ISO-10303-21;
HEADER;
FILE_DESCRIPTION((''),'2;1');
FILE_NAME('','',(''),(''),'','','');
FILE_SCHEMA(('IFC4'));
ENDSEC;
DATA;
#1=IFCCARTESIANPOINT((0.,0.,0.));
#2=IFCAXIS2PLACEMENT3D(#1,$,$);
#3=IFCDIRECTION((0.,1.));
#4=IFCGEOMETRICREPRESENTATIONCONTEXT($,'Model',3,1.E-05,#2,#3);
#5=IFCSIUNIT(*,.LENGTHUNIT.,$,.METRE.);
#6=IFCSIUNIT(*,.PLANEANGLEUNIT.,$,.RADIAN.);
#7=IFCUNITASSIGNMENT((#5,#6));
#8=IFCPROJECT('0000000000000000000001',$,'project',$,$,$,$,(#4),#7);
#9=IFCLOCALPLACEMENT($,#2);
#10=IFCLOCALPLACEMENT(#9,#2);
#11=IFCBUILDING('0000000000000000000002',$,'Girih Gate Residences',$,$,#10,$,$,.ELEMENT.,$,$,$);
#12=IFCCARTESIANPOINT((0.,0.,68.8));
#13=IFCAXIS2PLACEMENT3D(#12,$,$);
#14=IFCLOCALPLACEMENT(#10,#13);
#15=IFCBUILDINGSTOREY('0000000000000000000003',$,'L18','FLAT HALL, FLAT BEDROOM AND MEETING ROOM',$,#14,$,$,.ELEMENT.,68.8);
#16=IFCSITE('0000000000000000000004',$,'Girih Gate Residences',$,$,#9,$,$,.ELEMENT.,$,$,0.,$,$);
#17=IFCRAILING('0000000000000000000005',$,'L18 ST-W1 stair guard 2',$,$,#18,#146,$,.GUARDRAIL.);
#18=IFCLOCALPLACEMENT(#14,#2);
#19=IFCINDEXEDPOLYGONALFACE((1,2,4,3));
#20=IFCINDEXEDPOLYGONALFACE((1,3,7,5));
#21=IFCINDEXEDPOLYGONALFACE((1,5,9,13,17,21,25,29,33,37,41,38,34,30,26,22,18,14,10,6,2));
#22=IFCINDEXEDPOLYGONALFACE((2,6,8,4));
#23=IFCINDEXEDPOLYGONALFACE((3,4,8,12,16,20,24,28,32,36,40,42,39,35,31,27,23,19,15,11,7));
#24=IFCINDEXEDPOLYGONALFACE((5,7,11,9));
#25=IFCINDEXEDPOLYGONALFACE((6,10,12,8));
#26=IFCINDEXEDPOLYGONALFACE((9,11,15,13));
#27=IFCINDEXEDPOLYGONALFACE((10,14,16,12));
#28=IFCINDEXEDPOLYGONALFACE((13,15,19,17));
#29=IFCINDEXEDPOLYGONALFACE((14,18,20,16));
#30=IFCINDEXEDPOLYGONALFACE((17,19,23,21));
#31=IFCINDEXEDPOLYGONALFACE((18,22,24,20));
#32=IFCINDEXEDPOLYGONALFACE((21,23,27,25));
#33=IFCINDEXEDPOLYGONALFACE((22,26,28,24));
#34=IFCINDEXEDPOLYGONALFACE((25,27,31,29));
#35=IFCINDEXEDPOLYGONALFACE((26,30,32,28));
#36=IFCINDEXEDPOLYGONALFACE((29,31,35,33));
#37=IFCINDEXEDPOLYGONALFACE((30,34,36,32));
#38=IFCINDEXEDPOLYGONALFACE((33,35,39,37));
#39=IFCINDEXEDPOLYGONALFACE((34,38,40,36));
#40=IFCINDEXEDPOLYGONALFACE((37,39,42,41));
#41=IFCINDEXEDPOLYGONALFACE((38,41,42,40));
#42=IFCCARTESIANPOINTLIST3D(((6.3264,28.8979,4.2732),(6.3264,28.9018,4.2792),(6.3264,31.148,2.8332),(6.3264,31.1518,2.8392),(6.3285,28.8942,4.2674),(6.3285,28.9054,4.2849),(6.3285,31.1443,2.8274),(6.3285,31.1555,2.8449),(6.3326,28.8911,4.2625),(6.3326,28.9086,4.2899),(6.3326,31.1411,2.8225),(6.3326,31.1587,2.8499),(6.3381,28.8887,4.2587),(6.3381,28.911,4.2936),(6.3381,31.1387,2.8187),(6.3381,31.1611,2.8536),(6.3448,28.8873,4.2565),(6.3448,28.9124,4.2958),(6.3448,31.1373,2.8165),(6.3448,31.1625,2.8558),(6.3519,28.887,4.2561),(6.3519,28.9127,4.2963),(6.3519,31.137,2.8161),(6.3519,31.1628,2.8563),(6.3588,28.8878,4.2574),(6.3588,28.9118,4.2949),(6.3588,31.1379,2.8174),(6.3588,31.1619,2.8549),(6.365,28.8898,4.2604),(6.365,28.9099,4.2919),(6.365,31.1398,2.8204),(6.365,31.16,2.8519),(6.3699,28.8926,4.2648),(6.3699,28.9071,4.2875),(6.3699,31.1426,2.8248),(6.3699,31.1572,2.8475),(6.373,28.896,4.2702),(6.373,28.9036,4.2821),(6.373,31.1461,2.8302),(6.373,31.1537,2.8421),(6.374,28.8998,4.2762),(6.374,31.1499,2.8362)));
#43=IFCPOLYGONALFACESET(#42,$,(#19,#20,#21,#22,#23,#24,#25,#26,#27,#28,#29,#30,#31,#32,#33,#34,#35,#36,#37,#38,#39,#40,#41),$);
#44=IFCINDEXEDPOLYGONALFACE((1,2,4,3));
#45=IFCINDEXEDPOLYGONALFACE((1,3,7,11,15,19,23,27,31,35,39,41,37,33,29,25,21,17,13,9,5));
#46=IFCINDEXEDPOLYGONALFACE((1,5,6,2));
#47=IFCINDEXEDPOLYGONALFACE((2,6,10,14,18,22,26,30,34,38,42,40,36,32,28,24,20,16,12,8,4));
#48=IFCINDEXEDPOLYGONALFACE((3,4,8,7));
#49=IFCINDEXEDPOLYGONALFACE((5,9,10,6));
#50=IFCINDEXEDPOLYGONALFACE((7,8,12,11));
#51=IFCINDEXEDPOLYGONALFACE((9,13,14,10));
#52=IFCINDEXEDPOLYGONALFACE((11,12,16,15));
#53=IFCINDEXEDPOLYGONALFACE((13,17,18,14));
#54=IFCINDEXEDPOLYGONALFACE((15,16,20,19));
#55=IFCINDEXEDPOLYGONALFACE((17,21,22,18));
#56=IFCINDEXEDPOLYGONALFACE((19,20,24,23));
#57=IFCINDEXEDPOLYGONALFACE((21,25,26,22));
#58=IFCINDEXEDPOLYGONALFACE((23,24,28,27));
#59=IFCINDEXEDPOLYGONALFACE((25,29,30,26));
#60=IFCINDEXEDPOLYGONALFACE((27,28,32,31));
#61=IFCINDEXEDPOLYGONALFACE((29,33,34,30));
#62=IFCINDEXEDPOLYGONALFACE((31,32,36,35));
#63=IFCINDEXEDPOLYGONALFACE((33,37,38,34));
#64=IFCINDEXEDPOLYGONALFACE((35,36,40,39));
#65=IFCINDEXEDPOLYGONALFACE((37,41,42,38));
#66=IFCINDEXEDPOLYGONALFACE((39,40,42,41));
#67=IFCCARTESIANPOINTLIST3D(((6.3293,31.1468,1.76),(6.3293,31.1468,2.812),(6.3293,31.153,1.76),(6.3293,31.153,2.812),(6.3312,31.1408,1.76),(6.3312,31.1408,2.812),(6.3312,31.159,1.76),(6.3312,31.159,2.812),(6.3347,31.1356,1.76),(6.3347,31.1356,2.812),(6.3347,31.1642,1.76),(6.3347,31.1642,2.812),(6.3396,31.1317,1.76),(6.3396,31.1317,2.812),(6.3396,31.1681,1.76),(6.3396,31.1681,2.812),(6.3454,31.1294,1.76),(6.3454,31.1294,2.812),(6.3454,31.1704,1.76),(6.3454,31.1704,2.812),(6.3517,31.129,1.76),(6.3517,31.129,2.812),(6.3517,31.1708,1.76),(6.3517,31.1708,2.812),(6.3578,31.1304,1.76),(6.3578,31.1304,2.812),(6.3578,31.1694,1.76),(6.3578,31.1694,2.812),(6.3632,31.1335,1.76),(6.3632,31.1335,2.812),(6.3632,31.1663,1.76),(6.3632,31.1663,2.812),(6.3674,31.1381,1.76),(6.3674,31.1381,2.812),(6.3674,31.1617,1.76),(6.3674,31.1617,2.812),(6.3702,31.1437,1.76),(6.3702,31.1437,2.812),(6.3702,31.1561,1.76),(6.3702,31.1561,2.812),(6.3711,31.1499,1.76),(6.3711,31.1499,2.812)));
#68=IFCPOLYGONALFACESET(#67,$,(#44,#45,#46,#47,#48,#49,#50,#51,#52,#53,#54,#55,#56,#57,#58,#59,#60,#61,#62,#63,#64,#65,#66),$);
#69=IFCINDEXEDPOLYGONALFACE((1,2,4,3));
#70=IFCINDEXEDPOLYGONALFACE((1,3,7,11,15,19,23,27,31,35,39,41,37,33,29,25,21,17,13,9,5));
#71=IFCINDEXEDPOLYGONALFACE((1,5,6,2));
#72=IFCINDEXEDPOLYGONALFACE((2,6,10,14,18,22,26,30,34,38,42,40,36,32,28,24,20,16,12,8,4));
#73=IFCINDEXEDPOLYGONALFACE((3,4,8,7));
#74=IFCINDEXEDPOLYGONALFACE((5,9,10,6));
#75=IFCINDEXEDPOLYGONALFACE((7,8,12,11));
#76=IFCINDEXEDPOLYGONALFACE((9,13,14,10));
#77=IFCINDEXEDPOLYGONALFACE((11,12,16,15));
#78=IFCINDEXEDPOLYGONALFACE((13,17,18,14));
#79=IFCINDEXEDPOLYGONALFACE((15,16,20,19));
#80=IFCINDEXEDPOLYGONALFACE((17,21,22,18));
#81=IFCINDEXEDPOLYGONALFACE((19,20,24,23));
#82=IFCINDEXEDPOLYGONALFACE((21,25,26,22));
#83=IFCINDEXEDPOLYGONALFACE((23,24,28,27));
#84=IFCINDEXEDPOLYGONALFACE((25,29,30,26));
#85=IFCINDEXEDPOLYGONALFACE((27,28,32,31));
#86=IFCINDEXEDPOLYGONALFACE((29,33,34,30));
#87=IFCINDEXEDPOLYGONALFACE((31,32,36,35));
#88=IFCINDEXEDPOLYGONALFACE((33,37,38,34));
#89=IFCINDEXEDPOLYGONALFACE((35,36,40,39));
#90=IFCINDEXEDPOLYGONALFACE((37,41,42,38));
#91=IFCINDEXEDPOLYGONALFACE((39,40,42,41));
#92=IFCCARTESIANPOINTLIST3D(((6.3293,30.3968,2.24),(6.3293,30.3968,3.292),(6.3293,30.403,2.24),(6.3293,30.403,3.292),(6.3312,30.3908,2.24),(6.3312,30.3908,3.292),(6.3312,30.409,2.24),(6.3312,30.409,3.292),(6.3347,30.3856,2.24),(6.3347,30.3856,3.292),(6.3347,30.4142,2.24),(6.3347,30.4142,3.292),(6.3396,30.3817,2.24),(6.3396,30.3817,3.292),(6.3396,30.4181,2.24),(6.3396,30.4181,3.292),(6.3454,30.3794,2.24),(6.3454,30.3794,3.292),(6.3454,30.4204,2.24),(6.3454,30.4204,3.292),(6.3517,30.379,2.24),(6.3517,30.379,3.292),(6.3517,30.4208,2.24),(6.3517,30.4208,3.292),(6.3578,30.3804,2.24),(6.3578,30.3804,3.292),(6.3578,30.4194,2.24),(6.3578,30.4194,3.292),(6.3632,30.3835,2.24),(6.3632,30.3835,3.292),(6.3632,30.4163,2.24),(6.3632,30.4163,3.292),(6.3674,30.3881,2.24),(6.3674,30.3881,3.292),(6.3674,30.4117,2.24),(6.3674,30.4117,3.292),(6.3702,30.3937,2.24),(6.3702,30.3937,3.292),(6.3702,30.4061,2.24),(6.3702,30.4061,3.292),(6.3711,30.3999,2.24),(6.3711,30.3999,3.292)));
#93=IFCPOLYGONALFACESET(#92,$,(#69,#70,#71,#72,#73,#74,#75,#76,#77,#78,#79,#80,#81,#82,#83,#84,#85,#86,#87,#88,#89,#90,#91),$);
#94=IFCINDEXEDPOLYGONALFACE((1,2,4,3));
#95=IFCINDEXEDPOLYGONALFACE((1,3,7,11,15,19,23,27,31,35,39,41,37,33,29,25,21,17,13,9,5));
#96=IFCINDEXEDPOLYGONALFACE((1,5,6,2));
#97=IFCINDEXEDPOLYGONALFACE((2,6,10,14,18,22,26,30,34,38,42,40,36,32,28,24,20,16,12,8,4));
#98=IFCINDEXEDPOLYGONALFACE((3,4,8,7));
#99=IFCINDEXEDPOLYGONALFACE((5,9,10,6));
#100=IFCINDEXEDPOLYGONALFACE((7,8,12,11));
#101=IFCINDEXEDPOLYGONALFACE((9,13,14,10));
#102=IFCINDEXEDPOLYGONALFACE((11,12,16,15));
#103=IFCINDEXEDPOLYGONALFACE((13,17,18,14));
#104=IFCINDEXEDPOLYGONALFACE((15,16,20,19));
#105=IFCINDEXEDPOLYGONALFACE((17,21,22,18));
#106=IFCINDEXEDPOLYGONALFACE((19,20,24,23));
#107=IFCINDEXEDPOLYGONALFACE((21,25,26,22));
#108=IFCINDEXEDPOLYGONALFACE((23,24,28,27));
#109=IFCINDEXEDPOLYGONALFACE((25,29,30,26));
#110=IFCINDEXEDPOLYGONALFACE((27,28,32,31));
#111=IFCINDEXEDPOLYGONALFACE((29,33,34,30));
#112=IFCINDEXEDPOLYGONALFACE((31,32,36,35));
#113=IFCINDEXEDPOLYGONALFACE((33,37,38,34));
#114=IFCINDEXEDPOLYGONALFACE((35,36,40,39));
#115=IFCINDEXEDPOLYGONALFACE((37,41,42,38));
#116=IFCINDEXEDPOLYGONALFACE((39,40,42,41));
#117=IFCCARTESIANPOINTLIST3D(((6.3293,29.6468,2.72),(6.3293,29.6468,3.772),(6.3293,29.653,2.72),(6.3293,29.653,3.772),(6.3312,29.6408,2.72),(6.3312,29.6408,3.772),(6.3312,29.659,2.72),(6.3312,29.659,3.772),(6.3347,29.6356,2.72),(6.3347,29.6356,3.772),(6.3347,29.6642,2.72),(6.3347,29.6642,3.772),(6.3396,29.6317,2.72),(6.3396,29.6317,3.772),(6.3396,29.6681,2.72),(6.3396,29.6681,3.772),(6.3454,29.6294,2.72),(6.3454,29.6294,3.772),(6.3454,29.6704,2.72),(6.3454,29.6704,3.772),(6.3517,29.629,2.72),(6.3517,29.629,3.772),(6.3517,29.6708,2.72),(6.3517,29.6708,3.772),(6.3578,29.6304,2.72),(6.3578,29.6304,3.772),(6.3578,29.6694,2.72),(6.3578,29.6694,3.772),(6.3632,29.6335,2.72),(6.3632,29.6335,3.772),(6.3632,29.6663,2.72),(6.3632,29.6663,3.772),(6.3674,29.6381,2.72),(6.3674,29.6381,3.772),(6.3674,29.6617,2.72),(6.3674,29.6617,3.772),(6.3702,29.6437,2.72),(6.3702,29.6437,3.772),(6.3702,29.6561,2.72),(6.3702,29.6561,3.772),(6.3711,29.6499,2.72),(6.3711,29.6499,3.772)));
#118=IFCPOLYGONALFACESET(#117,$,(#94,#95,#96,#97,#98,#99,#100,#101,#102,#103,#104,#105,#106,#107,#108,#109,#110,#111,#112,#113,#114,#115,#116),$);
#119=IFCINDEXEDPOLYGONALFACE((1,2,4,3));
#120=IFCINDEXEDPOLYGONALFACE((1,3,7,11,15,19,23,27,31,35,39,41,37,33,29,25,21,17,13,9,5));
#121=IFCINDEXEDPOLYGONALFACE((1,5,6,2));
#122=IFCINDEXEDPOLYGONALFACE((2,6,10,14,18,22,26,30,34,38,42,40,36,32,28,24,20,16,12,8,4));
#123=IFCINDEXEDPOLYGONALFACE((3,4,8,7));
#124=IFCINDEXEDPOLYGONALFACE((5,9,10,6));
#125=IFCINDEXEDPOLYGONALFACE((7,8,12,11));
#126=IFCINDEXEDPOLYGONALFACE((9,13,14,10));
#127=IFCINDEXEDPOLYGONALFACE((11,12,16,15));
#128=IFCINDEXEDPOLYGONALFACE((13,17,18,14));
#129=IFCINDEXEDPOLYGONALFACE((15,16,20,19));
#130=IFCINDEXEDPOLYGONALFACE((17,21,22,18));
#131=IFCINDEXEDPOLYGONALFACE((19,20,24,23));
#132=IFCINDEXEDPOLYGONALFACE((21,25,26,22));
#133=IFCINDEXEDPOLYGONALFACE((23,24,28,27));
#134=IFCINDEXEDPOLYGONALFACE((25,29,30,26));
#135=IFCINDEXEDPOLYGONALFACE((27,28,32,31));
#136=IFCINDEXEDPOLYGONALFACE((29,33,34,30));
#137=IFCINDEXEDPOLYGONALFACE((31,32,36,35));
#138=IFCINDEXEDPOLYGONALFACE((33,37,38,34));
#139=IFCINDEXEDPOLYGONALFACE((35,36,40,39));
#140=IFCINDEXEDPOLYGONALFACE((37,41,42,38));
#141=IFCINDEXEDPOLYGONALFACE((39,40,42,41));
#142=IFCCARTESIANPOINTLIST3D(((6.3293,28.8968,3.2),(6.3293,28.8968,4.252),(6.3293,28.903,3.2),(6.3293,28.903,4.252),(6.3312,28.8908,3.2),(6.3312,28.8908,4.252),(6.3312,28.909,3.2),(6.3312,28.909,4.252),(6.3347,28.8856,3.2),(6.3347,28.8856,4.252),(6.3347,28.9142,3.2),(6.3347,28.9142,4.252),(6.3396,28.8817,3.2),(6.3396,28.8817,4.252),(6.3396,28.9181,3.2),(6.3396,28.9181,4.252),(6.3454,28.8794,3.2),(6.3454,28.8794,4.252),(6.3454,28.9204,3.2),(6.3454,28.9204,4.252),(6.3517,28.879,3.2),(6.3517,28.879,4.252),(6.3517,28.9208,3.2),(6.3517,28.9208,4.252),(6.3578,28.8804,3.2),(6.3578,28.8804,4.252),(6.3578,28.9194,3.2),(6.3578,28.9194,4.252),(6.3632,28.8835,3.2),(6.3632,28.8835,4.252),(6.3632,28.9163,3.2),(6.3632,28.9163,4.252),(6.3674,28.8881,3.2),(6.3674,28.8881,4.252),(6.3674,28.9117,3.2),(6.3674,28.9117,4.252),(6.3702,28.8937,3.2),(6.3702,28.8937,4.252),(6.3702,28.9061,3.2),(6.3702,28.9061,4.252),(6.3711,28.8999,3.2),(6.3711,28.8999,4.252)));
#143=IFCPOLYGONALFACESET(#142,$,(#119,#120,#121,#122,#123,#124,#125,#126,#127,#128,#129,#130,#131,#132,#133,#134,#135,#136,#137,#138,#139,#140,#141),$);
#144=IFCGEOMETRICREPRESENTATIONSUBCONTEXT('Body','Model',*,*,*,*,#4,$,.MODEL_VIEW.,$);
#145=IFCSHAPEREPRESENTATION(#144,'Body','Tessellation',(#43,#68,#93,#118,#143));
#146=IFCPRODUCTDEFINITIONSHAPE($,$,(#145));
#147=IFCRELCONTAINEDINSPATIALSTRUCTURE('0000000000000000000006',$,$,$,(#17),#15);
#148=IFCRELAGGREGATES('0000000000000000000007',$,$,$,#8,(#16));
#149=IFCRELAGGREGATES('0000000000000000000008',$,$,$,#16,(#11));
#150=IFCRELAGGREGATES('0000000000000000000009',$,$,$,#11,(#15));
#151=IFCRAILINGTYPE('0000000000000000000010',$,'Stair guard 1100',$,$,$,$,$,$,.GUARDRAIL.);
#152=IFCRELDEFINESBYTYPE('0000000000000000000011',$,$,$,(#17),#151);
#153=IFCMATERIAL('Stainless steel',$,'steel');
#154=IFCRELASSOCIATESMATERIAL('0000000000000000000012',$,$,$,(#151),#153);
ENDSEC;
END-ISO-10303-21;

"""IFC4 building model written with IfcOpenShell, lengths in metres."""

from ifc_helpers import new_model, si_unit, direction, frame, origin, origin_2d, place, context, subcontext, project, spatial, circle, extrude, material, type_object, element, save


model = new_model("IFC4")

# Units and contexts
model_context = context("Model", 3, precision=1e-05, world=origin(), true_north=direction((0.0, 1.0)))
body_context = subcontext(model_context, "Body", "Model", "MODEL_VIEW")
ifc_project = project(units=[si_unit("LENGTHUNIT", "METRE"), si_unit("PLANEANGLEUNIT", "RADIAN")], contexts=[model_context])

# Site, building, storey
site_placement = place(None, origin())
site = spatial("IfcSite", under=ifc_project, at=site_placement, Name="Girih Gate Residences", CompositionType="ELEMENT", RefElevation=0.0)
building_placement = place(site_placement, origin())
building = spatial("IfcBuilding", under=site, at=building_placement, Name="Girih Gate Residences", CompositionType="ELEMENT")
storey_placement = place(building_placement, frame((0.0, 0.0, 68.8)))
storey = spatial("IfcBuildingStorey", under=building, at=storey_placement, Name="L18", Description="FLAT HALL, FLAT BEDROOM AND MEETING ROOM", CompositionType="ELEMENT", Elevation=68.8)

# Shared definitions
ifc_material_1 = material(Name="Stainless steel", Category="steel")

# Railing
railing_type = type_object("IfcRailingType", Name="Stair guard 1100", PredefinedType="GUARDRAIL", material=ifc_material_1)
railing_placement = place(storey_placement, frame((6.3501, 31.1499, 1.76)))
element("IfcRailing", 1, at=railing_placement, inside=storey, type_object=railing_type, Name="L18 ST-W1 stair guard 2", PredefinedType="GUARDRAIL", context=body_context, shape_type="SweptSolid", body=[
    extrude(circle(Radius=0.0239, at=origin_2d()), frame((0.0, 0.0, 1.0762), z_axis=(0.0, -0.842281, 0.539038), x_axis=(1.0, 0.0, 0.0)), (0.0, 0.0, 1.0), 2.6714),
    extrude(circle(Radius=0.021, at=origin_2d()), origin(), (0.0, 0.0, 1.0), 1.052),
    extrude(circle(Radius=0.021, at=origin_2d()), frame((0.0, -0.75, 0.48)), (0.0, 0.0, 1.0), 1.052),
    extrude(circle(Radius=0.021, at=origin_2d()), frame((0.0, -1.5, 0.96)), (0.0, 0.0, 1.0), 1.052),
    extrude(circle(Radius=0.021, at=origin_2d()), frame((0.0, -2.25, 1.4399)), (0.0, 0.0, 1.0), 1.052),
])

save(model, "model.ifc")
